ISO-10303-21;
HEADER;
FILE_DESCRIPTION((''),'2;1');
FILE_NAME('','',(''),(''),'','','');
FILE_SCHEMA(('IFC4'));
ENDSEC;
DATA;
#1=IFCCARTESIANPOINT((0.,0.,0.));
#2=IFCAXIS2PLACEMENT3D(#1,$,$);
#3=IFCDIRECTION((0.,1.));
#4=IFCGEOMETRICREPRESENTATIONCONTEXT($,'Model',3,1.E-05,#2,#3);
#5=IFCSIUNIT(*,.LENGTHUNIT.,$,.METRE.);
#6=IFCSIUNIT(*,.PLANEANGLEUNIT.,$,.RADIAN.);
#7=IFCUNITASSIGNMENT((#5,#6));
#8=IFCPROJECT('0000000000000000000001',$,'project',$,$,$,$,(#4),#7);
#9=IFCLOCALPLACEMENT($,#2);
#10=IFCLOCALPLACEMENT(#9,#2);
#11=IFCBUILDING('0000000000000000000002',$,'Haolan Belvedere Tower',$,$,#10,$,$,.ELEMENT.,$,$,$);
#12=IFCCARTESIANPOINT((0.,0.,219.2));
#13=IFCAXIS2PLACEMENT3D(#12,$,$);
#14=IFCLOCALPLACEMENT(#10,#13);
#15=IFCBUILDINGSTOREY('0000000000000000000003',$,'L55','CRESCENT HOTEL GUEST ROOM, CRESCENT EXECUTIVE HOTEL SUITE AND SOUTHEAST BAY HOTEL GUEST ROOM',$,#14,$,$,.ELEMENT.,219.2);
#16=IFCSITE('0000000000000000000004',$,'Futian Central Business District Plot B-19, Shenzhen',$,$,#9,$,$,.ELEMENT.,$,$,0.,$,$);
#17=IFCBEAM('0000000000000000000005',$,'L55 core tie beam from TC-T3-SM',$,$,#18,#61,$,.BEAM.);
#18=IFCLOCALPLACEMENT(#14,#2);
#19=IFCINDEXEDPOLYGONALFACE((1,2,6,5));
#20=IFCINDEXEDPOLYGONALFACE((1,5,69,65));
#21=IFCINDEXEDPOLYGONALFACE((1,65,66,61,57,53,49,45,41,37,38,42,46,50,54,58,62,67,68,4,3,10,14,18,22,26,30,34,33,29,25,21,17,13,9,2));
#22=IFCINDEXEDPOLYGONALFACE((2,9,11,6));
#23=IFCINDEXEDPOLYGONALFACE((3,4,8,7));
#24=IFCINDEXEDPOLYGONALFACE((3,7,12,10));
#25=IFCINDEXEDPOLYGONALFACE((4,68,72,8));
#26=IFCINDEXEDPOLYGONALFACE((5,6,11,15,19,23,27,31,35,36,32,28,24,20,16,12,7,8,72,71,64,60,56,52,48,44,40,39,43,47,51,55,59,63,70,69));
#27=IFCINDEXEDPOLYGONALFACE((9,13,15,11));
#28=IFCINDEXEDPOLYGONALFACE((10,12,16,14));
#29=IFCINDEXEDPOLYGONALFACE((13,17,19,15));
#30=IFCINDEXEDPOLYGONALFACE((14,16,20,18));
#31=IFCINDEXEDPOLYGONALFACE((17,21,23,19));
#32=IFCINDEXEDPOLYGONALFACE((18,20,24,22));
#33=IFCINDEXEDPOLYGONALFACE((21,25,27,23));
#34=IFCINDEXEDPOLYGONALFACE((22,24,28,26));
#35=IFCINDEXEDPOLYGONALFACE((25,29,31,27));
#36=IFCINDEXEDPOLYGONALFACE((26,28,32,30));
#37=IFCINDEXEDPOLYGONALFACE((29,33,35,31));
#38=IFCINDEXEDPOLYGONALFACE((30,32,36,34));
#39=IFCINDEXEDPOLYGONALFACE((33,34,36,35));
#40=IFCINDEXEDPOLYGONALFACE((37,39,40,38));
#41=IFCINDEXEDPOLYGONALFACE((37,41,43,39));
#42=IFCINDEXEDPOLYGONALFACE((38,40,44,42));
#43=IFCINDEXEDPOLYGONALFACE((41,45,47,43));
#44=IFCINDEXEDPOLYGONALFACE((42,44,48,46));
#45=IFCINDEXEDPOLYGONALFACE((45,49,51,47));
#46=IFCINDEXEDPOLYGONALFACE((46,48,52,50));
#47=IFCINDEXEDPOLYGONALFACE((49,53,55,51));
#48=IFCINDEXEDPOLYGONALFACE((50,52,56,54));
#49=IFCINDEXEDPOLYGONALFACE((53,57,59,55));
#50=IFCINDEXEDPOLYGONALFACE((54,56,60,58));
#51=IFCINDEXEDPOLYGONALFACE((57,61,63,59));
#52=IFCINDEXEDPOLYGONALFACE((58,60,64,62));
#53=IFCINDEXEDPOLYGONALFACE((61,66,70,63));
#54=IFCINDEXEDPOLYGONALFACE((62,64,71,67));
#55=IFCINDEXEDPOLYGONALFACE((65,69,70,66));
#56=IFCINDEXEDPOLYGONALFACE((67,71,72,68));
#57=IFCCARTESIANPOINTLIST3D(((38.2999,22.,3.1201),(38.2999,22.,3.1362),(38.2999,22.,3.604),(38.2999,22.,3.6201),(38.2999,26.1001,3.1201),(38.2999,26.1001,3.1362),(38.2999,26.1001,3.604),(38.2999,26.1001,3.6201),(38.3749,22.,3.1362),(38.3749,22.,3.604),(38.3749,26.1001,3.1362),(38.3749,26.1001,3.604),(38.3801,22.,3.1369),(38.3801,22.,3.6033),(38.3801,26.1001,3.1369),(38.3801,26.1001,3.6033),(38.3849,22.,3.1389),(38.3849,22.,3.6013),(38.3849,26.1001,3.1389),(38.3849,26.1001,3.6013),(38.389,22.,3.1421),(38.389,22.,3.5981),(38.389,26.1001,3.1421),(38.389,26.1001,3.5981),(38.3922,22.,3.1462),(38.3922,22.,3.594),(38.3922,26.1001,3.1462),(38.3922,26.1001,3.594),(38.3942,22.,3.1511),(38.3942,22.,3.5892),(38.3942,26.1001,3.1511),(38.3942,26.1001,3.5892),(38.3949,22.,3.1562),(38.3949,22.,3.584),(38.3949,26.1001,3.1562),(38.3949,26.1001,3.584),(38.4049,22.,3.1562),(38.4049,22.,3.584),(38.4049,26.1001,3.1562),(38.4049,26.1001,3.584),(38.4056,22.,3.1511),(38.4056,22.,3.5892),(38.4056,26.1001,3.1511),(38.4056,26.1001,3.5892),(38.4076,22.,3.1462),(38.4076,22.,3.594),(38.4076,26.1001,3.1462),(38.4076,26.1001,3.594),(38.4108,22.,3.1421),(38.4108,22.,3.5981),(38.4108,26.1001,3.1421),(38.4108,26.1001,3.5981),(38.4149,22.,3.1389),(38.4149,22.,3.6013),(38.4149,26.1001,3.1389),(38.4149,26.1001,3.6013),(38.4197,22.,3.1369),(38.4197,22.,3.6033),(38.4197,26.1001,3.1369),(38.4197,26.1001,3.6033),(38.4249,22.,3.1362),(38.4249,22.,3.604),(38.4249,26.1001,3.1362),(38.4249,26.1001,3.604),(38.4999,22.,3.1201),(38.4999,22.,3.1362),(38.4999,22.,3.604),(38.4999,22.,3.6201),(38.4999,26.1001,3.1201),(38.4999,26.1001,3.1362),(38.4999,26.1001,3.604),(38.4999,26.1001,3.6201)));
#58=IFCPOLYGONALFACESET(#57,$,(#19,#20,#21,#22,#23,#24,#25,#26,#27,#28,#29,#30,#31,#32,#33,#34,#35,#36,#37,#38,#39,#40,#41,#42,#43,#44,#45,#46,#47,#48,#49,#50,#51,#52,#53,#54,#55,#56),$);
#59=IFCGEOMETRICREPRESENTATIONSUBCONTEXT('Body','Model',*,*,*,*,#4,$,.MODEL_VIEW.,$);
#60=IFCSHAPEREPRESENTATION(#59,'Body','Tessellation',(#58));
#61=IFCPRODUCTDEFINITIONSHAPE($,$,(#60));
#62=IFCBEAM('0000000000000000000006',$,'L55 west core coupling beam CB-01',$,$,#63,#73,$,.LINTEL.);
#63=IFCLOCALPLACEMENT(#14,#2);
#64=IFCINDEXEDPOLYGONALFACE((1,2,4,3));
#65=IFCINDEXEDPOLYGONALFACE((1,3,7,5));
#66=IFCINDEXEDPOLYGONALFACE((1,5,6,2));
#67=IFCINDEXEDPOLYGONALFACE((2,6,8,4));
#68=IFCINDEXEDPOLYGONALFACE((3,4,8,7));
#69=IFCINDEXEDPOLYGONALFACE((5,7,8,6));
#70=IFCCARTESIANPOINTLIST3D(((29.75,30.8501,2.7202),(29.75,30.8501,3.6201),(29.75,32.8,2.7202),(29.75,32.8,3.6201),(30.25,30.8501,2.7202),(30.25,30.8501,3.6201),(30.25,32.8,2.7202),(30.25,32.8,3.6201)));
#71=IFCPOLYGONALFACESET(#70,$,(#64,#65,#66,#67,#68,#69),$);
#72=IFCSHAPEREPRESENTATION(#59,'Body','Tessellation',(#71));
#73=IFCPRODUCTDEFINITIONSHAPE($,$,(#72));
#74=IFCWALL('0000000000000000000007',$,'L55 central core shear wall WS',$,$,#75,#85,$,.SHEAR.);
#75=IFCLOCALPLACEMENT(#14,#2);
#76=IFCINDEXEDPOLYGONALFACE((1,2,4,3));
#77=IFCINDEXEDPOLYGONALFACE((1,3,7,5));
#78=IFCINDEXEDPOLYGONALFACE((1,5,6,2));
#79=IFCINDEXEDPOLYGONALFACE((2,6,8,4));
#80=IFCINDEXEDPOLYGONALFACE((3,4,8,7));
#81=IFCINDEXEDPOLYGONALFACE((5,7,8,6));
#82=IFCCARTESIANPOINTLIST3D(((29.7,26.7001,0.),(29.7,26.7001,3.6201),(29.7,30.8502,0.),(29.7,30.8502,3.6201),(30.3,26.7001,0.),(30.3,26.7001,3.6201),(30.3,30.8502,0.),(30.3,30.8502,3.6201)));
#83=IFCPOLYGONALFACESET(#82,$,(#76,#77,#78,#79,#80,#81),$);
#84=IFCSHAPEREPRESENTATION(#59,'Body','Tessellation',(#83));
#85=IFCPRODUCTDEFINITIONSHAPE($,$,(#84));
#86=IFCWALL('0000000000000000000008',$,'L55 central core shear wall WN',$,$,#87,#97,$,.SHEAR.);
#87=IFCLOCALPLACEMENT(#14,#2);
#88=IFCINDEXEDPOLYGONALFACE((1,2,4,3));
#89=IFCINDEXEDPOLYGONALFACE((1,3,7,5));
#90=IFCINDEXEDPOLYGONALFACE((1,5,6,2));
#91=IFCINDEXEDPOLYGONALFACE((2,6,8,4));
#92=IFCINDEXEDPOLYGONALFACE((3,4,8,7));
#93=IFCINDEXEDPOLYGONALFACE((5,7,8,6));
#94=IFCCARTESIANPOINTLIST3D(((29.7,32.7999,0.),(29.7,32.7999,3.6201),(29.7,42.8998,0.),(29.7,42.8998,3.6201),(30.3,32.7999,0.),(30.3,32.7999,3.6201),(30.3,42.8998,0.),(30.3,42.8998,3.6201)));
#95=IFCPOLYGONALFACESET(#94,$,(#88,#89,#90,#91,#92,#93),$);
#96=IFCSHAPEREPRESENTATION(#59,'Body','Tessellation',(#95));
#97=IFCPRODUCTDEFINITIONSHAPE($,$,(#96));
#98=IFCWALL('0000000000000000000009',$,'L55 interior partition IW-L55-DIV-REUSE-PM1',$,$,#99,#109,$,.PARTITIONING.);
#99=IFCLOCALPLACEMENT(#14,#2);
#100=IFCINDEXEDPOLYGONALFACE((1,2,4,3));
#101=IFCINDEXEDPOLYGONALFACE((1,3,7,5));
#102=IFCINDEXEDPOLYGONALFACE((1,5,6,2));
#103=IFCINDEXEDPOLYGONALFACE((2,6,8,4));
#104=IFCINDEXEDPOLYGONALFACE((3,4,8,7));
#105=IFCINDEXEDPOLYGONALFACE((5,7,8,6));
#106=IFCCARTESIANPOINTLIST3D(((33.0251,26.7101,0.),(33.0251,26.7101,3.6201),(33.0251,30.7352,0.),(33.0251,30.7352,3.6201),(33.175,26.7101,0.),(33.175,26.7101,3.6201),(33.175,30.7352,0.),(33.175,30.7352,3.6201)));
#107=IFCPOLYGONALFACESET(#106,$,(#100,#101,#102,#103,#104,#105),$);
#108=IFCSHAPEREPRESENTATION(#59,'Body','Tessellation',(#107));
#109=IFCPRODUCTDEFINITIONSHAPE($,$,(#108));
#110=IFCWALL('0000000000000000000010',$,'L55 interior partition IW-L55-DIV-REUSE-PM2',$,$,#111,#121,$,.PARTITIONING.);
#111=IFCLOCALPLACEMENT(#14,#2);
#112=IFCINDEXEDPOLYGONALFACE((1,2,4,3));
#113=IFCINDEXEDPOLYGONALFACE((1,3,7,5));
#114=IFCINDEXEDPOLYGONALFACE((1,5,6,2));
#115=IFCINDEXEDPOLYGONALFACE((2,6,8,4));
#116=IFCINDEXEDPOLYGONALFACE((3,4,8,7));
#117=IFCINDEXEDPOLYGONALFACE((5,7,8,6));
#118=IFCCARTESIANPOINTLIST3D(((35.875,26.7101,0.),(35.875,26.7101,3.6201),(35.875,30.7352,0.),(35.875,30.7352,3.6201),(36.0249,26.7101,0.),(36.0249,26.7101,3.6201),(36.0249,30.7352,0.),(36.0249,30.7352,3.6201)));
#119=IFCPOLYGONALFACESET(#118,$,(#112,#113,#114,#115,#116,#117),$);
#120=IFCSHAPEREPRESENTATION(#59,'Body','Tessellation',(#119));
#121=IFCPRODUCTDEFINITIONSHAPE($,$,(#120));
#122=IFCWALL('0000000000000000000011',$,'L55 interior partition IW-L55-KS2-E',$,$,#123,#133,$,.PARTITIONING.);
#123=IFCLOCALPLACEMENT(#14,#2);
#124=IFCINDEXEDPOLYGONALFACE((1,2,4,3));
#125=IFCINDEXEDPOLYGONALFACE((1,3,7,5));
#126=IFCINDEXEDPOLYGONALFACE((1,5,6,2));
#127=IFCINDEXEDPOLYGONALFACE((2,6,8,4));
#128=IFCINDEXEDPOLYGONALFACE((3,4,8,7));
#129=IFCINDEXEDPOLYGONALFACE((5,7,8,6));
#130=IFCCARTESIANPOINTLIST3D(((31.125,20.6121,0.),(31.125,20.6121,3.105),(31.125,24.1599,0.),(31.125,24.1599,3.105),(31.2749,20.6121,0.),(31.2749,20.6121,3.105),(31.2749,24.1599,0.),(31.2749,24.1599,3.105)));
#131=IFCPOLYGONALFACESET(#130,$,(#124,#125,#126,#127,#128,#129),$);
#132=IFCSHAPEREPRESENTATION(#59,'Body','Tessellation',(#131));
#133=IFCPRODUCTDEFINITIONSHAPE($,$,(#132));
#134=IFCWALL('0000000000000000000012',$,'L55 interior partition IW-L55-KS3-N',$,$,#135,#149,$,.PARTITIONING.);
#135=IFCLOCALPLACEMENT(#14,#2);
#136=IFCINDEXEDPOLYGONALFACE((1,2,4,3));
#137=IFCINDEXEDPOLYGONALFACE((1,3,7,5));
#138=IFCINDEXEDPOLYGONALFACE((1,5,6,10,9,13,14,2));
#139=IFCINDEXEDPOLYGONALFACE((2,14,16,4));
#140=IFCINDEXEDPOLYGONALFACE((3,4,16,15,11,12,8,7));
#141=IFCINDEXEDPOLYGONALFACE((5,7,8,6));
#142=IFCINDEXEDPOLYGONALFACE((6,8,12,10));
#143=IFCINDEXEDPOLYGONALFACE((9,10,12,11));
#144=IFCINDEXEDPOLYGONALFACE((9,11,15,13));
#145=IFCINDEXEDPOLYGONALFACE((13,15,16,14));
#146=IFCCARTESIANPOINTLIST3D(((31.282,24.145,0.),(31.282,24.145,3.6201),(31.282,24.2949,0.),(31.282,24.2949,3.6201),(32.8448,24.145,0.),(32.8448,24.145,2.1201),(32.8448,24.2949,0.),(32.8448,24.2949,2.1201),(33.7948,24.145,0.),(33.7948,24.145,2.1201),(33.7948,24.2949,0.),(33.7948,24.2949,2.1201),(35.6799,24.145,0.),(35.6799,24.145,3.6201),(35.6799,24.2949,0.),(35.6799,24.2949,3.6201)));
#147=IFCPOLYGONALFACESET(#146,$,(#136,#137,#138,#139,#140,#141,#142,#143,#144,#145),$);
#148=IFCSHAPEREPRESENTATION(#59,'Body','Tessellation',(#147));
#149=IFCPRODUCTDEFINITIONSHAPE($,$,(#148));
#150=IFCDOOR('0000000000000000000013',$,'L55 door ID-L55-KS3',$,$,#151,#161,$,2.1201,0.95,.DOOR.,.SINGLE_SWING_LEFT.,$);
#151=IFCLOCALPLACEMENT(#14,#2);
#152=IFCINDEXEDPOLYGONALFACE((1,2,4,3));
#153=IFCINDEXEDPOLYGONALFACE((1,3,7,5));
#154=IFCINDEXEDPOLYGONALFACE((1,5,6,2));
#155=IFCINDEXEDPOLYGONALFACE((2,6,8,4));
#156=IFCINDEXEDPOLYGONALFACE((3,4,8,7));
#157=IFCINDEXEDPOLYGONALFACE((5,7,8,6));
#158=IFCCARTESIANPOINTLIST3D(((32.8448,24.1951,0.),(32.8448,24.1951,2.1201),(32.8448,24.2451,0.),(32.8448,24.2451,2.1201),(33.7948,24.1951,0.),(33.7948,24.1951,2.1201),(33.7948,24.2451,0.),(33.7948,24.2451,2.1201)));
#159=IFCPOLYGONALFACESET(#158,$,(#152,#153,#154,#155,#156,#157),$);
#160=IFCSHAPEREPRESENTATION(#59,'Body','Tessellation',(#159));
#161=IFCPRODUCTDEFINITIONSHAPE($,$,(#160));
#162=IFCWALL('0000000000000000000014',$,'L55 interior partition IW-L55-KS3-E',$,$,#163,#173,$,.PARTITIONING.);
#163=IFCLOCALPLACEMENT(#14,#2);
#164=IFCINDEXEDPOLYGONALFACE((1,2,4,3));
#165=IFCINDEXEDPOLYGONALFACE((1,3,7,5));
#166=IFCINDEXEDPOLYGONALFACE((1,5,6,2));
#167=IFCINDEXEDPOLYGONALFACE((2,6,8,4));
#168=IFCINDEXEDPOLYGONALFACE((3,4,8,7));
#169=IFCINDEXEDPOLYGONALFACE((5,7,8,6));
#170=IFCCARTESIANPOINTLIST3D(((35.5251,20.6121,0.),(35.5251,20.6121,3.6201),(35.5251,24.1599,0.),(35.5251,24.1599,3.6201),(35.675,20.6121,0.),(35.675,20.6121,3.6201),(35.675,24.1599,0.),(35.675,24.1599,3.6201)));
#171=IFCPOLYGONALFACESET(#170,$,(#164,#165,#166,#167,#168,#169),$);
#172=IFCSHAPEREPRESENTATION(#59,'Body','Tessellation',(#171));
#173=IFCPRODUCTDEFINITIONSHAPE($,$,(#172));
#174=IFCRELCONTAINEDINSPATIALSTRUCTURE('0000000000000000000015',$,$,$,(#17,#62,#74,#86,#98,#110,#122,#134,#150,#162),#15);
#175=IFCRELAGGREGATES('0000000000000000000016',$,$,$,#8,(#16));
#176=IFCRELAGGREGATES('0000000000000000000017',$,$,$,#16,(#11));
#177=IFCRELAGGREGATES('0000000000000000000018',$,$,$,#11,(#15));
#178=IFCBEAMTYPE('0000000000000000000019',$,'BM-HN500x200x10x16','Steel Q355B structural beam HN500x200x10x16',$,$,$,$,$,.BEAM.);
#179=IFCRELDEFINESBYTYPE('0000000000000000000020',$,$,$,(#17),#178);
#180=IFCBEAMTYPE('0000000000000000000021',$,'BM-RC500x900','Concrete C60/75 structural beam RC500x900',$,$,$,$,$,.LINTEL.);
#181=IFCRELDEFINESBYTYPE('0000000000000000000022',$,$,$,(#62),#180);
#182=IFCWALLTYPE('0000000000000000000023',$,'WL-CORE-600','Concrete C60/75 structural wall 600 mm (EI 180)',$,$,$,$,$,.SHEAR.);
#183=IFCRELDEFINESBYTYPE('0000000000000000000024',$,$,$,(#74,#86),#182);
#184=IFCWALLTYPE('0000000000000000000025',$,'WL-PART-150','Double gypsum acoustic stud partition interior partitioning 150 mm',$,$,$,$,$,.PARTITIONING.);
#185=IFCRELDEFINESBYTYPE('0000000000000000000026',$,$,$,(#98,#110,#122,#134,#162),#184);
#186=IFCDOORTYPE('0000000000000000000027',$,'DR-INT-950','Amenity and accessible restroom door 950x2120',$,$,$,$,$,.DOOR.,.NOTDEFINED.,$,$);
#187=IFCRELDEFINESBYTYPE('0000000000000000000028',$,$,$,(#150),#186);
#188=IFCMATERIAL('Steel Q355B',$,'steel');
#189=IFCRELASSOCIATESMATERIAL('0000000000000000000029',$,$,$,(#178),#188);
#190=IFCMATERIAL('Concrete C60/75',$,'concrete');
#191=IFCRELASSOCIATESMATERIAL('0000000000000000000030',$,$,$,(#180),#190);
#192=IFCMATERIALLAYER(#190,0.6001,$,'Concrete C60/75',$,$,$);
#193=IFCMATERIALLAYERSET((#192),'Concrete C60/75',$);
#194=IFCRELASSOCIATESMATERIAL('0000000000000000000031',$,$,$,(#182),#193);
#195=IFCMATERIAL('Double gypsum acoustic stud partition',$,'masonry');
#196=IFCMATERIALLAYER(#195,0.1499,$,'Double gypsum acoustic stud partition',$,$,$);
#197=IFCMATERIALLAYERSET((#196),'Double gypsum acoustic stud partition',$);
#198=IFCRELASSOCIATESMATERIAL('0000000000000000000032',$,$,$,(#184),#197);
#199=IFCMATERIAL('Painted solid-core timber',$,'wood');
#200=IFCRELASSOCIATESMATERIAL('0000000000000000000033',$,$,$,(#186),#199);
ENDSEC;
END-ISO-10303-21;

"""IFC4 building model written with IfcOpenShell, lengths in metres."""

from ifc_helpers import new_model, si_unit, direction, frame, frame_2d, origin, origin_2d, place, context, subcontext, project, spatial, rectangle, i_section, extrude, material, layer, layer_set, material_profile, profile_set, type_object, element, fill, save


model = new_model("IFC4")

# Units and contexts
model_context = context("Model", 3, precision=1e-05, world=origin(), true_north=direction((0.0, 1.0)))
body_context = subcontext(model_context, "Body", "Model", "MODEL_VIEW")
ifc_project = project(units=[si_unit("LENGTHUNIT", "METRE"), si_unit("PLANEANGLEUNIT", "RADIAN")], contexts=[model_context])

# Site, building, storey
site_placement = place(None, origin())
site = spatial("IfcSite", under=ifc_project, at=site_placement, Name="Futian Central Business District Plot B-19, Shenzhen", CompositionType="ELEMENT", RefElevation=0.0)
building_placement = place(site_placement, origin())
building = spatial("IfcBuilding", under=site, at=building_placement, Name="Haolan Belvedere Tower", CompositionType="ELEMENT")
storey_placement = place(building_placement, frame((0.0, 0.0, 219.2)))
storey = spatial("IfcBuildingStorey", under=building, at=storey_placement, Name="L55", Description="CRESCENT HOTEL GUEST ROOM, CRESCENT EXECUTIVE HOTEL SUITE AND SOUTHEAST BAY HOTEL GUEST ROOM", CompositionType="ELEMENT", Elevation=219.2)

# Beams
ifc_material_1 = material(Name="Steel Q355B", Category="steel")
ifc_material_profile_1 = material_profile(ifc_material_1, i_section(OverallWidth=0.2, OverallDepth=0.5, WebThickness=0.01, FlangeThickness=0.0161, FilletRadius=0.02, at=origin_2d()), Name="Steel Q355B")
ifc_profile_set_1 = profile_set([ifc_material_profile_1], Name="Steel Q355B")
beam_type_1 = type_object("IfcBeamType", Name="BM-HN500x200x10x16", Description="Steel Q355B structural beam HN500x200x10x16", PredefinedType="BEAM", material=ifc_profile_set_1)
beam_1_placement = place(storey_placement, frame((38.3999, 22.0, 3.3701), z_axis=(0.0, 1.0, 0.0), x_axis=(-1.0, 0.0, 0.0)))
element("IfcBeam", 1, at=beam_1_placement, inside=storey, type_object=beam_type_1, Name="L55 core tie beam from TC-T3-SM", PredefinedType="BEAM", context=body_context, shape_type="SweptSolid", body=[
    extrude(i_section(OverallWidth=0.2, OverallDepth=0.5, WebThickness=0.01, FlangeThickness=0.0161, FilletRadius=0.02, at=origin_2d()), origin(), (0.0, 0.0, 1.0), 4.1001),
])
ifc_material_2 = material(Name="Concrete C60/75", Category="concrete")
ifc_material_profile_2 = material_profile(ifc_material_2, rectangle(XDim=0.5, YDim=0.8999, at=origin_2d()), Name="Concrete C60/75")
ifc_profile_set_2 = profile_set([ifc_material_profile_2], Name="Concrete C60/75")
beam_type_2 = type_object("IfcBeamType", Name="BM-RC500x900", Description="Concrete C60/75 structural beam RC500x900", PredefinedType="LINTEL", material=ifc_profile_set_2)
beam_2_placement = place(storey_placement, frame((30.0, 30.8501, 3.1702), z_axis=(0.0, 1.0, 0.0), x_axis=(-1.0, 0.0, 0.0)))
element("IfcBeam", 2, at=beam_2_placement, inside=storey, type_object=beam_type_2, Name="L55 west core coupling beam CB-01", PredefinedType="LINTEL", context=body_context, shape_type="SweptSolid", body=[
    extrude(rectangle(XDim=0.5, YDim=0.8999, at=origin_2d()), origin(), (0.0, 0.0, 1.0), 1.95),
])

# Walls
ifc_layer_1 = layer(ifc_material_2, 0.6001, Name="Concrete C60/75")
ifc_layer_set_1 = layer_set([ifc_layer_1], Name="Concrete C60/75")
wall_type_1 = type_object("IfcWallType", Name="WL-CORE-600", Description="Concrete C60/75 structural wall 600 mm (EI 180)", PredefinedType="SHEAR", material=ifc_layer_set_1)
wall_1_placement = place(storey_placement, frame((30.0, 26.7, 0.0), z_axis=(0.0, 0.0, 1.0), x_axis=(0.0, 1.0, 0.0)))
element("IfcWall", 3, at=wall_1_placement, inside=storey, type_object=wall_type_1, Name="L55 central core shear wall WS", PredefinedType="SHEAR", context=body_context, shape_type="SweptSolid", body=[
    extrude(rectangle(XDim=4.1501, YDim=0.6001, at=frame_2d((2.0752, 0.0))), origin(), (0.0, 0.0, 1.0), 3.6201),
])
wall_2_placement = place(storey_placement, frame((30.0, 32.8, 0.0), z_axis=(0.0, 0.0, 1.0), x_axis=(0.0, 1.0, 0.0)))
element("IfcWall", 4, at=wall_2_placement, inside=storey, type_object=wall_type_1, Name="L55 central core shear wall WN", PredefinedType="SHEAR", context=body_context, shape_type="SweptSolid", body=[
    extrude(rectangle(XDim=10.0999, YDim=0.6001, at=frame_2d((5.0498, 0.0))), origin(), (0.0, 0.0, 1.0), 3.6201),
])
ifc_material_3 = material(Name="Double gypsum acoustic stud partition", Category="masonry")
ifc_layer_2 = layer(ifc_material_3, 0.1499, Name="Double gypsum acoustic stud partition")
ifc_layer_set_2 = layer_set([ifc_layer_2], Name="Double gypsum acoustic stud partition")
wall_type_2 = type_object("IfcWallType", Name="WL-PART-150", Description="Double gypsum acoustic stud partition interior partitioning 150 mm", PredefinedType="PARTITIONING", material=ifc_layer_set_2)
for number, where, z_axis, x_axis, name in (
    (5, (33.1001, 26.71, 0.0), (0.0, 0.0, 1.0), (0.0, 1.0, 0.0), "L55 interior partition IW-L55-DIV-REUSE-PM1"),
    (6, (35.95, 26.71, 0.0), (0.0, 0.0, 1.0), (0.0, 1.0, 0.0), "L55 interior partition IW-L55-DIV-REUSE-PM2"),
):
    element("IfcWall", number, at=place(storey_placement, frame(where, z_axis=z_axis, x_axis=x_axis)), inside=storey, type_object=wall_type_2, Name=name, PredefinedType="PARTITIONING", context=body_context, shape_type="SweptSolid", body=[
        extrude(rectangle(XDim=4.0251, YDim=0.1499, at=frame_2d((2.0127, 0.0))), origin(), (0.0, 0.0, 1.0), 3.6201),
    ])
wall_3_placement = place(storey_placement, frame((31.2, 20.6121, 0.0), z_axis=(0.0, 0.0, 1.0), x_axis=(0.0, 1.0, 0.0)))
element("IfcWall", 7, at=wall_3_placement, inside=storey, type_object=wall_type_2, Name="L55 interior partition IW-L55-KS2-E", PredefinedType="PARTITIONING", context=body_context, shape_type="SweptSolid", body=[
    extrude(rectangle(XDim=3.5479, YDim=0.1499, at=frame_2d((1.7739, 0.0))), origin(), (0.0, 0.0, 1.0), 3.105),
])

# Wall, opening, door
wall_4_placement = place(storey_placement, frame((31.282, 24.22, 0.0), z_axis=(0.0, 0.0, 1.0), x_axis=(1.0, 0.0, 0.0)))
wall_4 = element("IfcWall", 8, at=wall_4_placement, inside=storey, type_object=wall_type_2, Name="L55 interior partition IW-L55-KS3-N", PredefinedType="PARTITIONING", context=body_context, shape_type="SweptSolid", body=[
    extrude(rectangle(XDim=4.3979, YDim=0.1499, at=frame_2d((2.199, 0.0))), origin(), (0.0, 0.0, 1.0), 3.6201),
])
opening_1_placement = place(wall_4_placement, frame((2.5129, 0.0, 0.0), z_axis=(0.0, 0.0, 1.0), x_axis=(-1.0, 0.0, 0.0)))
opening_1 = element("IfcOpeningElement", 9, at=opening_1_placement, cuts=wall_4, PredefinedType="OPENING", context=body_context, shape_type="SweptSolid", body=[
    extrude(rectangle(XDim=0.95, YDim=2.1201, at=frame_2d((0.4751, 1.0601))), frame((0.0, 0.085, 0.0), z_axis=(0.0, -1.0, 0.0), x_axis=(1.0, 0.0, 0.0)), (0.0, 0.0, 1.0), 0.1699),
])
ifc_material_4 = material(Name="Painted solid-core timber", Category="wood")
door_type = type_object("IfcDoorType", Name="DR-INT-950", Description="Amenity and accessible restroom door 950x2120", OperationType="NOTDEFINED", PredefinedType="DOOR", material=ifc_material_4)
door_1_placement = place(opening_1_placement, origin())
door_1 = element("IfcDoor", 10, at=door_1_placement, inside=storey, type_object=door_type, Name="L55 door ID-L55-KS3", OperationType="SINGLE_SWING_LEFT", OverallHeight=2.1201, OverallWidth=0.95, PredefinedType="DOOR", context=body_context, shape_type="SweptSolid", body=[
    extrude(rectangle(XDim=0.95, YDim=2.1201, at=frame_2d((0.4751, 1.0601))), frame((0.0, 0.0249, 0.0), z_axis=(0.0, -1.0, 0.0), x_axis=(1.0, 0.0, 0.0)), (0.0, 0.0, 1.0), 0.05),
])
fill(opening_1, door_1)

# Wall
wall_5_placement = place(storey_placement, frame((35.6001, 20.6121, 0.0), z_axis=(0.0, 0.0, 1.0), x_axis=(0.0, 1.0, 0.0)))
element("IfcWall", 11, at=wall_5_placement, inside=storey, type_object=wall_type_2, Name="L55 interior partition IW-L55-KS3-E", PredefinedType="PARTITIONING", context=body_context, shape_type="SweptSolid", body=[
    extrude(rectangle(XDim=3.5479, YDim=0.1499, at=frame_2d((1.7739, 0.0))), origin(), (0.0, 0.0, 1.0), 3.6201),
])

save(model, "model.ifc")
